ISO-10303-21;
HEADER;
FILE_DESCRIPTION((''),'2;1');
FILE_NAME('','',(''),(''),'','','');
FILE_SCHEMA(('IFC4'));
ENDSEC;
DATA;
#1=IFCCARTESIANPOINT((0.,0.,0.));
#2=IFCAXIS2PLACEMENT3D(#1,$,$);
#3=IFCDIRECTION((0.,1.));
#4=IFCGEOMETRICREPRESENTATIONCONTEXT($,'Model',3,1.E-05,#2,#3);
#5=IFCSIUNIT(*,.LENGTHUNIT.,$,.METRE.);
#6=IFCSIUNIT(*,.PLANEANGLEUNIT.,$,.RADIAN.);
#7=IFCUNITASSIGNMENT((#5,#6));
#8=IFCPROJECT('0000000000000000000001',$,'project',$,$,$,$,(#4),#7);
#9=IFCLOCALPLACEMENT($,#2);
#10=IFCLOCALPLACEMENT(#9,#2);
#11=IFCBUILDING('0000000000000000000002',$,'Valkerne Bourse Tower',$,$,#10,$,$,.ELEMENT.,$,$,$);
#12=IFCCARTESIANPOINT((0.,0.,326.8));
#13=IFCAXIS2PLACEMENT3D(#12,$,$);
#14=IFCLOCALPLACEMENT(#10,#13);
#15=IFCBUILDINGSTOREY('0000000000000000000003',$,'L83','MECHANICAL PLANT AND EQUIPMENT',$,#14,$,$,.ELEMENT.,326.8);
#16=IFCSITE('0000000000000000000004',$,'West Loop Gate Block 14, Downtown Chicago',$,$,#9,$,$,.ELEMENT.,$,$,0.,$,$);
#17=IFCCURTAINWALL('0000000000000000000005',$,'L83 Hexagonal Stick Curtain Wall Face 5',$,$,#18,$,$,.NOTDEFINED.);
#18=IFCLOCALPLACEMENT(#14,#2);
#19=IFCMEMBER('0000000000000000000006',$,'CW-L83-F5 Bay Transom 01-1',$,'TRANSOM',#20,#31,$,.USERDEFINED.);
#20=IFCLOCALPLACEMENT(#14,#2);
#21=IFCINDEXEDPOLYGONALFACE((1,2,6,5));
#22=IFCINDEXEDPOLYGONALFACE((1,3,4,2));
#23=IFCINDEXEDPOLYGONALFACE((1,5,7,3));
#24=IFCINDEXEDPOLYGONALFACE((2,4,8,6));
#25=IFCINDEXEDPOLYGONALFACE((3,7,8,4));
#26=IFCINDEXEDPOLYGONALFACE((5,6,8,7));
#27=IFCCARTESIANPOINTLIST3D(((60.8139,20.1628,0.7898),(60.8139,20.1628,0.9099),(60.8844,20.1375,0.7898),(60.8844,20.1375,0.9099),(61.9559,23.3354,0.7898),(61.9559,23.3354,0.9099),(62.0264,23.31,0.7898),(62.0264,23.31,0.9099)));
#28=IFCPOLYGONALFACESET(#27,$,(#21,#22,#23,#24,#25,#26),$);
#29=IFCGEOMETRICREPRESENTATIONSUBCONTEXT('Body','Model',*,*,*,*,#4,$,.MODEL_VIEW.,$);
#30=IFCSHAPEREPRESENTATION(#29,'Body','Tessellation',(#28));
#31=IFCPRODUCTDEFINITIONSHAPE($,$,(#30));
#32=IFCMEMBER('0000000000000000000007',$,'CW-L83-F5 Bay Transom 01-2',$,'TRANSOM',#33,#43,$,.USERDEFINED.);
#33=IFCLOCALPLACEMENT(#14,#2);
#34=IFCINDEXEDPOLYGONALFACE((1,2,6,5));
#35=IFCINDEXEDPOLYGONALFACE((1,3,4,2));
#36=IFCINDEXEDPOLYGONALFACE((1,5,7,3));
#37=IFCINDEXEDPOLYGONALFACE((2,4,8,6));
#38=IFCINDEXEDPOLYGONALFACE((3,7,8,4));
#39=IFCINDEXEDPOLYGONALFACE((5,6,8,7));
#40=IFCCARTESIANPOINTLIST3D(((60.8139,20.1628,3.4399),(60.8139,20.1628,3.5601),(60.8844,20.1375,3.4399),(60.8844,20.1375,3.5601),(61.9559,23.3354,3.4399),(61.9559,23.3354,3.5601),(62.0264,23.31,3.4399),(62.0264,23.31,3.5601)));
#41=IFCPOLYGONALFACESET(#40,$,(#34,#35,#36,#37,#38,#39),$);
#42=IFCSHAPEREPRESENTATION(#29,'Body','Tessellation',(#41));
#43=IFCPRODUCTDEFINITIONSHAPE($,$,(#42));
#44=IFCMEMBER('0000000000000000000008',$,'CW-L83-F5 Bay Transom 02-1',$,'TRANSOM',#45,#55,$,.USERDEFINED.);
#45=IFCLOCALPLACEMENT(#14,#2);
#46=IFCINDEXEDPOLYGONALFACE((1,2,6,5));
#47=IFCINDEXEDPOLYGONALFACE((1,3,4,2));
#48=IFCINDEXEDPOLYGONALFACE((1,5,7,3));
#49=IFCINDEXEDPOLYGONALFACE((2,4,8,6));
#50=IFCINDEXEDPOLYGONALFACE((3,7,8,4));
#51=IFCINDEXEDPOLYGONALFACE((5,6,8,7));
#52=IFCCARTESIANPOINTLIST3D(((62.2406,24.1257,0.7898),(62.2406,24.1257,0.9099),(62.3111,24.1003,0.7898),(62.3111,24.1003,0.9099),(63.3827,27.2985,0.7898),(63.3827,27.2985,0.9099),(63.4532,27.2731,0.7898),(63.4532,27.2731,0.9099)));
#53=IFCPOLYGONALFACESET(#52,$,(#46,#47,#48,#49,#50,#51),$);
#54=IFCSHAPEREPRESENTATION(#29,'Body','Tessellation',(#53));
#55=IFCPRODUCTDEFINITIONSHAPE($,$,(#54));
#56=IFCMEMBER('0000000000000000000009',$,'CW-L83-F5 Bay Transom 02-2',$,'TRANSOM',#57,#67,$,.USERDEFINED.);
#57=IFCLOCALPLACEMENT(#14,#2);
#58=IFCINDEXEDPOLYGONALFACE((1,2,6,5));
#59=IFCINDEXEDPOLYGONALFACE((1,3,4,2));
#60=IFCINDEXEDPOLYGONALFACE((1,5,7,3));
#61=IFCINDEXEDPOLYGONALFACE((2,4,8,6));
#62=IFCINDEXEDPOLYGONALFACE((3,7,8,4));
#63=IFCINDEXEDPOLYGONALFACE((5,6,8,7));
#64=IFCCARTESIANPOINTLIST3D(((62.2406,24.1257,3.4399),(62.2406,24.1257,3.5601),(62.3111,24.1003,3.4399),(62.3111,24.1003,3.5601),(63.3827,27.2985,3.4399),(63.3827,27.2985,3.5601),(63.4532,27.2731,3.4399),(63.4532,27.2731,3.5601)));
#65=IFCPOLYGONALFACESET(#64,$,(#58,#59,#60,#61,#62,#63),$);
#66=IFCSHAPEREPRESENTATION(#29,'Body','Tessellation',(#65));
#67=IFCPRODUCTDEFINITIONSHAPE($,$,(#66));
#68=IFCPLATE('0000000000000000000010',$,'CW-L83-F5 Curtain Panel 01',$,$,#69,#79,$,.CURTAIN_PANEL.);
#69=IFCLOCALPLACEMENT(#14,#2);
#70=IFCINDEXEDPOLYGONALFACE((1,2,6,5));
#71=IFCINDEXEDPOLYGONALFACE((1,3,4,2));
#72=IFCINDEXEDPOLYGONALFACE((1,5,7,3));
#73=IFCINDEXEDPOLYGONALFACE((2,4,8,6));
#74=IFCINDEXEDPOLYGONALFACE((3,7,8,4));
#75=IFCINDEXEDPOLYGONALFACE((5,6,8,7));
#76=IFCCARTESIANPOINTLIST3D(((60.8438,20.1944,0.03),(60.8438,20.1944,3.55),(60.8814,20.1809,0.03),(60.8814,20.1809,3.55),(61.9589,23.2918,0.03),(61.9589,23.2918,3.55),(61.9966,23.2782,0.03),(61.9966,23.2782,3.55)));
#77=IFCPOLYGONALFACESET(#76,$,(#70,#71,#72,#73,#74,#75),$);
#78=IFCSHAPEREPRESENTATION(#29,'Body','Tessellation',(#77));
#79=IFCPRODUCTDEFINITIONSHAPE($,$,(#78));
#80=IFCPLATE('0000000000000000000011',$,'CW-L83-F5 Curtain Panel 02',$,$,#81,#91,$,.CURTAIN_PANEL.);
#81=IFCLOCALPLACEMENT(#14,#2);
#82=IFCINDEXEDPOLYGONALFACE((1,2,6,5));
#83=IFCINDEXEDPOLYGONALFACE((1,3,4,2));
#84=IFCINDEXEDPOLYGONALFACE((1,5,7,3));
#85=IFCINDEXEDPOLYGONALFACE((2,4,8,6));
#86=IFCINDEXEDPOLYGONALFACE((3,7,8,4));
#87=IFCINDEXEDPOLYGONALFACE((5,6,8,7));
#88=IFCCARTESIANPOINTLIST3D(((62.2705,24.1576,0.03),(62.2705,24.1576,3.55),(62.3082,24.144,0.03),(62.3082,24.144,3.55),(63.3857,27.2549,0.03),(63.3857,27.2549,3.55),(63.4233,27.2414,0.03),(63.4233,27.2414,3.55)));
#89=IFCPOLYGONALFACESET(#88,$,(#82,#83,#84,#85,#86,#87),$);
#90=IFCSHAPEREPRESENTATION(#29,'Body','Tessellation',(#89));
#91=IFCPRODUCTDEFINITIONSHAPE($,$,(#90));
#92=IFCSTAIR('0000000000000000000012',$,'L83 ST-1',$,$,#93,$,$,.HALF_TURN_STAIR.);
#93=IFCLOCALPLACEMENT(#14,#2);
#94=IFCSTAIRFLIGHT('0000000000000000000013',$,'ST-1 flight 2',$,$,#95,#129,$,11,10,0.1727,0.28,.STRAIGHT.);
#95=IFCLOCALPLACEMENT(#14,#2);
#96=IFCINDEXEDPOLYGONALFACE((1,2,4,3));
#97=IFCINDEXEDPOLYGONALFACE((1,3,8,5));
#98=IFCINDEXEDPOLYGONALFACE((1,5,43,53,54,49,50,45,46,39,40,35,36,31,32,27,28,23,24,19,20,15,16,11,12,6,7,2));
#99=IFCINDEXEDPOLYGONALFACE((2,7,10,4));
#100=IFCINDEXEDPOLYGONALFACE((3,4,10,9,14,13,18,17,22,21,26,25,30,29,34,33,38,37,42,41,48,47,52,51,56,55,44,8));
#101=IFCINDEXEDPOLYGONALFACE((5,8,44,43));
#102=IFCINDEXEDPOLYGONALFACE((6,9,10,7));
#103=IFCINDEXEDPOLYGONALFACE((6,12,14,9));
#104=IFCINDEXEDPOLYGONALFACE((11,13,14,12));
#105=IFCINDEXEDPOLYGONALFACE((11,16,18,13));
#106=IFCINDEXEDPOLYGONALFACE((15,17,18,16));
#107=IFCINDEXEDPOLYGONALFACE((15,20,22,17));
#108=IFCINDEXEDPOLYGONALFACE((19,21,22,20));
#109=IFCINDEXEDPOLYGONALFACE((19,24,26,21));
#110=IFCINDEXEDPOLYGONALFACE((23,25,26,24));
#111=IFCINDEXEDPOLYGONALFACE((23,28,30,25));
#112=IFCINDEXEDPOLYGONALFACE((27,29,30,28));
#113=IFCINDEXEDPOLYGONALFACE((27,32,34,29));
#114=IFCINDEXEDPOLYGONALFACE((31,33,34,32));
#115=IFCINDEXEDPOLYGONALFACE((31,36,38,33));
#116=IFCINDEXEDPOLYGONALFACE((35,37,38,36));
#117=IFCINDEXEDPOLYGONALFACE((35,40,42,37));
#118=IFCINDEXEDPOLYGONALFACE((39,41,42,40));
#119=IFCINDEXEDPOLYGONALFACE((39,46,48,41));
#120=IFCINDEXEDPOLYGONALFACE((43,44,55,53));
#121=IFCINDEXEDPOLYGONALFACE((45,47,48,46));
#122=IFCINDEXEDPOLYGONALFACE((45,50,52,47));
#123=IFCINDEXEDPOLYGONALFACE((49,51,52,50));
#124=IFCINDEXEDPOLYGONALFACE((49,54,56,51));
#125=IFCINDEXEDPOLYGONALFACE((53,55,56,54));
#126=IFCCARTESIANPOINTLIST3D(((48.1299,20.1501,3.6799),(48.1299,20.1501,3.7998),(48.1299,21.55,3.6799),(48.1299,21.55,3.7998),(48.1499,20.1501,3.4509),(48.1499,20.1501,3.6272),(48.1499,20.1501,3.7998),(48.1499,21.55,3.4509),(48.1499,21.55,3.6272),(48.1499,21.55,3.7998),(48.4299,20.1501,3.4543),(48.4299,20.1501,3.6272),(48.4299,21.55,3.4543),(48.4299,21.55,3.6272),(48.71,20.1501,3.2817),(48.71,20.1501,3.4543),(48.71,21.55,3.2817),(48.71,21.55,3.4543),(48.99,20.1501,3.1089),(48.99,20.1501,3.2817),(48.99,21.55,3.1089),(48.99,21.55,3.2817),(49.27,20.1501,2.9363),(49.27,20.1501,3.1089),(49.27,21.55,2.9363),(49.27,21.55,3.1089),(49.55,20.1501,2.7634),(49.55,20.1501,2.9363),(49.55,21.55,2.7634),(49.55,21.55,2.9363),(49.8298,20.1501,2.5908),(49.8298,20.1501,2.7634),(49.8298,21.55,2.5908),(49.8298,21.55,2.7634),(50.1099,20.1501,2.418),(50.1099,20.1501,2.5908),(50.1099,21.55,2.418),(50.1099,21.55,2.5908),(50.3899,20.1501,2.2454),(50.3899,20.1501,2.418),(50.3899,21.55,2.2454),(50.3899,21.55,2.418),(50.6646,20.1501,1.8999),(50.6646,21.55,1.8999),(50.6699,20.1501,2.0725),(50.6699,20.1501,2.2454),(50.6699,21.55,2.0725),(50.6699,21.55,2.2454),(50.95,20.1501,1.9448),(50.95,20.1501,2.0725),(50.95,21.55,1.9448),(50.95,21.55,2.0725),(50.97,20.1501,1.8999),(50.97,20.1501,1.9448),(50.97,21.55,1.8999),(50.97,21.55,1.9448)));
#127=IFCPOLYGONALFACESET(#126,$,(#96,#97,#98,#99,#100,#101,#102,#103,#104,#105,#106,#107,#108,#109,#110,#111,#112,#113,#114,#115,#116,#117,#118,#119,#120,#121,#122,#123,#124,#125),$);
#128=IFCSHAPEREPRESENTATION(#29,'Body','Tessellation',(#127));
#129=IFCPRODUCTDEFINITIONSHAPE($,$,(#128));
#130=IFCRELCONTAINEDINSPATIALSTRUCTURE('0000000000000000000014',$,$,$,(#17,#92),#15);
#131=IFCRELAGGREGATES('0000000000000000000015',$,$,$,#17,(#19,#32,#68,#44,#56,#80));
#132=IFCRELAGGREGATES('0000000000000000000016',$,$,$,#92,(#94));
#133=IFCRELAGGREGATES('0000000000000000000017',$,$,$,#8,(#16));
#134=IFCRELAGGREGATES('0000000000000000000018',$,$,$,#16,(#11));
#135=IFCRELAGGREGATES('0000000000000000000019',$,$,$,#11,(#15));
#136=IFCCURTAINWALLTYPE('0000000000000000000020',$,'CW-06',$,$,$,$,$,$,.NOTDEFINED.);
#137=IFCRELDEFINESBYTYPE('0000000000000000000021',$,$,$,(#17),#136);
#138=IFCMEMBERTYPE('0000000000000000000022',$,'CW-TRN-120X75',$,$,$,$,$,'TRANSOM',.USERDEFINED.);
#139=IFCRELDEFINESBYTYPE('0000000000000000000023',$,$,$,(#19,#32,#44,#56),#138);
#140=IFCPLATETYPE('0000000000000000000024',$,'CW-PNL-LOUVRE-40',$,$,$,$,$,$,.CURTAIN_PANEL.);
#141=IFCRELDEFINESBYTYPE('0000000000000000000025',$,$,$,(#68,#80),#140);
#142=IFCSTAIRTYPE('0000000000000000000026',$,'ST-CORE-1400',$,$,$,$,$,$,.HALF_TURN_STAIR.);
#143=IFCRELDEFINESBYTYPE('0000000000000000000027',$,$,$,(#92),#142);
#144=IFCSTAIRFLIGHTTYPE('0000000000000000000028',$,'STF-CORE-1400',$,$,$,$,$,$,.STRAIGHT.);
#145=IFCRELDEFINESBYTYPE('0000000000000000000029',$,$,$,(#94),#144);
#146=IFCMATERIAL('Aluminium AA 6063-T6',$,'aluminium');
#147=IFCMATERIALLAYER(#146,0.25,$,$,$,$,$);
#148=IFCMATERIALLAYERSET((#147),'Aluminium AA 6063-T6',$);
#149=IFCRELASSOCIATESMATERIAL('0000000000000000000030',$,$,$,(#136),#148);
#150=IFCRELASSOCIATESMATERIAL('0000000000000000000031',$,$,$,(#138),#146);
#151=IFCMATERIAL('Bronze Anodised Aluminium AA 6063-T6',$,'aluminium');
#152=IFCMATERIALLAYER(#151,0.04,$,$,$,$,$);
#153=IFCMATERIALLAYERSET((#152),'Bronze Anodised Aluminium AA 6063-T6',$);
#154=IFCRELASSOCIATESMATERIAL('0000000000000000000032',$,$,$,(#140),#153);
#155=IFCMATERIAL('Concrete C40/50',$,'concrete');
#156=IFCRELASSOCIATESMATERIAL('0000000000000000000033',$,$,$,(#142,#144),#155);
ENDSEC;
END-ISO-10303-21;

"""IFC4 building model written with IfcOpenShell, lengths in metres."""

from ifc_helpers import new_model, si_unit, direction, frame, origin, origin_2d, place, context, subcontext, project, spatial, polyline, rectangle, outline, extrude, material, layer, layer_set, material_profile, profile_set, type_object, element, aggregate, save


model = new_model("IFC4")

# Units and contexts
model_context = context("Model", 3, precision=1e-05, world=origin(), true_north=direction((0.0, 1.0)))
body_context = subcontext(model_context, "Body", "Model", "MODEL_VIEW")
ifc_project = project(units=[si_unit("LENGTHUNIT", "METRE"), si_unit("PLANEANGLEUNIT", "RADIAN")], contexts=[model_context])

# Site, building, storey
site_placement = place(None, origin())
site = spatial("IfcSite", under=ifc_project, at=site_placement, Name="West Loop Gate Block 14, Downtown Chicago", CompositionType="ELEMENT", RefElevation=0.0)
building_placement = place(site_placement, origin())
building = spatial("IfcBuilding", under=site, at=building_placement, Name="Valkerne Bourse Tower", CompositionType="ELEMENT")
storey_placement = place(building_placement, frame((0.0, 0.0, 326.8)))
storey = spatial("IfcBuildingStorey", under=building, at=storey_placement, Name="L83", Description="MECHANICAL PLANT AND EQUIPMENT", CompositionType="ELEMENT", Elevation=326.8)

# Curtain wall, members, plates
ifc_material_1 = material(Name="Aluminium AA 6063-T6", Category="aluminium")
ifc_layer_1 = layer(ifc_material_1, 0.25)
ifc_layer_set_1 = layer_set([ifc_layer_1], Name="Aluminium AA 6063-T6")
curtain_wall_type = type_object("IfcCurtainWallType", Name="CW-06", PredefinedType="NOTDEFINED", material=ifc_layer_set_1)
curtain_wall_placement = place(storey_placement, origin())
curtain_wall = element("IfcCurtainWall", 1, at=curtain_wall_placement, inside=storey, type_object=curtain_wall_type, Name="L83 Hexagonal Stick Curtain Wall Face 5", PredefinedType="NOTDEFINED")
ifc_material_profile_1 = material_profile(ifc_material_1, rectangle(XDim=0.075, YDim=0.1201, at=origin_2d()), Name="CWT-75X120")
ifc_profile_set_1 = profile_set([ifc_material_profile_1], Name="Aluminium AA 6063-T6")
member_type_1 = type_object("IfcMemberType", Name="CW-TRN-120X75", ElementType="TRANSOM", PredefinedType="USERDEFINED", material=ifc_profile_set_1)
member_1_placement = place(storey_placement, frame((60.8491, 20.1501, 0.8499), z_axis=(0.338707, 0.940892, 0.0), x_axis=(-0.940892, 0.338707, 0.0)))
member_1 = element("IfcMember", 2, at=member_1_placement, type_object=member_type_1, Name="CW-L83-F5 Bay Transom 01-1", ObjectType="TRANSOM", PredefinedType="USERDEFINED", context=body_context, shape_type="SweptSolid", body=[
    extrude(rectangle(XDim=0.075, YDim=0.1201, at=origin_2d()), origin(), (0.0, 0.0, 1.0), 3.3718),
])
member_2_placement = place(storey_placement, frame((60.8491, 20.1501, 3.5), z_axis=(0.338707, 0.940892, 0.0), x_axis=(-0.940892, 0.338707, 0.0)))
member_2 = element("IfcMember", 3, at=member_2_placement, type_object=member_type_1, Name="CW-L83-F5 Bay Transom 01-2", ObjectType="TRANSOM", PredefinedType="USERDEFINED", context=body_context, shape_type="SweptSolid", body=[
    extrude(rectangle(XDim=0.075, YDim=0.1201, at=origin_2d()), origin(), (0.0, 0.0, 1.0), 3.3718),
])
member_3_placement = place(storey_placement, frame((62.2759, 24.113, 0.8499), z_axis=(0.338684, 0.9409, 0.0), x_axis=(-0.9409, 0.338684, 0.0)))
member_3 = element("IfcMember", 4, at=member_3_placement, type_object=member_type_1, Name="CW-L83-F5 Bay Transom 02-1", ObjectType="TRANSOM", PredefinedType="USERDEFINED", context=body_context, shape_type="SweptSolid", body=[
    extrude(rectangle(XDim=0.075, YDim=0.1201, at=origin_2d()), origin(), (0.0, 0.0, 1.0), 3.3721),
])
member_4_placement = place(storey_placement, frame((62.2759, 24.113, 3.5), z_axis=(0.338684, 0.9409, 0.0), x_axis=(-0.9409, 0.338684, 0.0)))
member_4 = element("IfcMember", 5, at=member_4_placement, type_object=member_type_1, Name="CW-L83-F5 Bay Transom 02-2", ObjectType="TRANSOM", PredefinedType="USERDEFINED", context=body_context, shape_type="SweptSolid", body=[
    extrude(rectangle(XDim=0.075, YDim=0.1201, at=origin_2d()), origin(), (0.0, 0.0, 1.0), 3.3721),
])
ifc_material_2 = material(Name="Bronze Anodised Aluminium AA 6063-T6", Category="aluminium")
ifc_layer_2 = layer(ifc_material_2, 0.04)
ifc_layer_set_2 = layer_set([ifc_layer_2], Name="Bronze Anodised Aluminium AA 6063-T6")
plate_type = type_object("IfcPlateType", Name="CW-PNL-LOUVRE-40", PredefinedType="CURTAIN_PANEL", material=ifc_layer_set_2)
plate_1_placement = place(storey_placement, frame((61.4202, 21.7363, 0.03), z_axis=(0.0, 0.0, 1.0), x_axis=(0.338745, 0.940878, 0.0)))
plate_1 = element("IfcPlate", 6, at=plate_1_placement, type_object=plate_type, Name="CW-L83-F5 Curtain Panel 01", PredefinedType="CURTAIN_PANEL", context=body_context, shape_type="SweptSolid", body=[
    extrude(rectangle(XDim=3.292, YDim=0.04, at=origin_2d()), origin(), (0.0, 0.0, 1.0), 3.52),
])
plate_2_placement = place(storey_placement, frame((62.8469, 25.6995, 0.03), z_axis=(0.0, 0.0, 1.0), x_axis=(0.338745, 0.940878, 0.0)))
plate_2 = element("IfcPlate", 7, at=plate_2_placement, type_object=plate_type, Name="CW-L83-F5 Curtain Panel 02", PredefinedType="CURTAIN_PANEL", context=body_context, shape_type="SweptSolid", body=[
    extrude(rectangle(XDim=3.292, YDim=0.04, at=origin_2d()), origin(), (0.0, 0.0, 1.0), 3.52),
])
aggregate(curtain_wall, [member_1, member_2, plate_1, member_3, member_4, plate_2])

# Stair, stair flight
ifc_material_3 = material(Name="Concrete C40/50", Category="concrete")
stair_type = type_object("IfcStairType", Name="ST-CORE-1400", PredefinedType="HALF_TURN_STAIR", material=ifc_material_3)
stair_placement = place(storey_placement, origin())
stair = element("IfcStair", 8, at=stair_placement, inside=storey, type_object=stair_type, Name="L83 ST-1", PredefinedType="HALF_TURN_STAIR")
stair_flight_type = type_object("IfcStairFlightType", Name="STF-CORE-1400", PredefinedType="STRAIGHT", material=ifc_material_3)
stair_flight_placement = place(storey_placement, frame((50.95, 20.8501, 1.8999), z_axis=(0.0, 0.0, 1.0), x_axis=(-1.0, 0.0, 0.0)))
stair_flight = element("IfcStairFlight", 9, at=stair_flight_placement, type_object=stair_flight_type, Name="ST-1 flight 2", NumberOfRisers=11, NumberOfTreads=10, PredefinedType="STRAIGHT", RiserHeight=0.1727, TreadLength=0.28, context=body_context, shape_type="SweptSolid", body=[
    extrude(outline(polyline([(-0.02, 0.0), (-0.02, 0.0449), (0.0, 0.0449), (0.0, 0.1726), (0.28, 0.1726), (0.28, 0.3455), (0.5601, 0.3455), (0.5601, 0.5181), (0.8401, 0.5181), (0.8401, 0.6909), (1.1201, 0.6909), (1.1201, 0.8635), (1.3999, 0.8635), (1.3999, 1.0364), (1.6799, 1.0364), (1.6799, 1.209), (1.96, 1.209), (1.96, 1.3818), (2.24, 1.3818), (2.24, 1.5544), (2.52, 1.5544), (2.52, 1.7273), (2.8, 1.7273), (2.8, 1.8999), (2.8201, 1.8999), (2.8201, 1.78), (2.8, 1.551), (0.2854, 0.0), (-0.02, 0.0)])), frame((0.0, 0.7, 0.0), z_axis=(0.0, -1.0, 0.0), x_axis=(1.0, 0.0, 0.0)), (0.0, 0.0, 1.0), 1.3999),
])
aggregate(stair, [stair_flight])

save(model, "model.ifc")
